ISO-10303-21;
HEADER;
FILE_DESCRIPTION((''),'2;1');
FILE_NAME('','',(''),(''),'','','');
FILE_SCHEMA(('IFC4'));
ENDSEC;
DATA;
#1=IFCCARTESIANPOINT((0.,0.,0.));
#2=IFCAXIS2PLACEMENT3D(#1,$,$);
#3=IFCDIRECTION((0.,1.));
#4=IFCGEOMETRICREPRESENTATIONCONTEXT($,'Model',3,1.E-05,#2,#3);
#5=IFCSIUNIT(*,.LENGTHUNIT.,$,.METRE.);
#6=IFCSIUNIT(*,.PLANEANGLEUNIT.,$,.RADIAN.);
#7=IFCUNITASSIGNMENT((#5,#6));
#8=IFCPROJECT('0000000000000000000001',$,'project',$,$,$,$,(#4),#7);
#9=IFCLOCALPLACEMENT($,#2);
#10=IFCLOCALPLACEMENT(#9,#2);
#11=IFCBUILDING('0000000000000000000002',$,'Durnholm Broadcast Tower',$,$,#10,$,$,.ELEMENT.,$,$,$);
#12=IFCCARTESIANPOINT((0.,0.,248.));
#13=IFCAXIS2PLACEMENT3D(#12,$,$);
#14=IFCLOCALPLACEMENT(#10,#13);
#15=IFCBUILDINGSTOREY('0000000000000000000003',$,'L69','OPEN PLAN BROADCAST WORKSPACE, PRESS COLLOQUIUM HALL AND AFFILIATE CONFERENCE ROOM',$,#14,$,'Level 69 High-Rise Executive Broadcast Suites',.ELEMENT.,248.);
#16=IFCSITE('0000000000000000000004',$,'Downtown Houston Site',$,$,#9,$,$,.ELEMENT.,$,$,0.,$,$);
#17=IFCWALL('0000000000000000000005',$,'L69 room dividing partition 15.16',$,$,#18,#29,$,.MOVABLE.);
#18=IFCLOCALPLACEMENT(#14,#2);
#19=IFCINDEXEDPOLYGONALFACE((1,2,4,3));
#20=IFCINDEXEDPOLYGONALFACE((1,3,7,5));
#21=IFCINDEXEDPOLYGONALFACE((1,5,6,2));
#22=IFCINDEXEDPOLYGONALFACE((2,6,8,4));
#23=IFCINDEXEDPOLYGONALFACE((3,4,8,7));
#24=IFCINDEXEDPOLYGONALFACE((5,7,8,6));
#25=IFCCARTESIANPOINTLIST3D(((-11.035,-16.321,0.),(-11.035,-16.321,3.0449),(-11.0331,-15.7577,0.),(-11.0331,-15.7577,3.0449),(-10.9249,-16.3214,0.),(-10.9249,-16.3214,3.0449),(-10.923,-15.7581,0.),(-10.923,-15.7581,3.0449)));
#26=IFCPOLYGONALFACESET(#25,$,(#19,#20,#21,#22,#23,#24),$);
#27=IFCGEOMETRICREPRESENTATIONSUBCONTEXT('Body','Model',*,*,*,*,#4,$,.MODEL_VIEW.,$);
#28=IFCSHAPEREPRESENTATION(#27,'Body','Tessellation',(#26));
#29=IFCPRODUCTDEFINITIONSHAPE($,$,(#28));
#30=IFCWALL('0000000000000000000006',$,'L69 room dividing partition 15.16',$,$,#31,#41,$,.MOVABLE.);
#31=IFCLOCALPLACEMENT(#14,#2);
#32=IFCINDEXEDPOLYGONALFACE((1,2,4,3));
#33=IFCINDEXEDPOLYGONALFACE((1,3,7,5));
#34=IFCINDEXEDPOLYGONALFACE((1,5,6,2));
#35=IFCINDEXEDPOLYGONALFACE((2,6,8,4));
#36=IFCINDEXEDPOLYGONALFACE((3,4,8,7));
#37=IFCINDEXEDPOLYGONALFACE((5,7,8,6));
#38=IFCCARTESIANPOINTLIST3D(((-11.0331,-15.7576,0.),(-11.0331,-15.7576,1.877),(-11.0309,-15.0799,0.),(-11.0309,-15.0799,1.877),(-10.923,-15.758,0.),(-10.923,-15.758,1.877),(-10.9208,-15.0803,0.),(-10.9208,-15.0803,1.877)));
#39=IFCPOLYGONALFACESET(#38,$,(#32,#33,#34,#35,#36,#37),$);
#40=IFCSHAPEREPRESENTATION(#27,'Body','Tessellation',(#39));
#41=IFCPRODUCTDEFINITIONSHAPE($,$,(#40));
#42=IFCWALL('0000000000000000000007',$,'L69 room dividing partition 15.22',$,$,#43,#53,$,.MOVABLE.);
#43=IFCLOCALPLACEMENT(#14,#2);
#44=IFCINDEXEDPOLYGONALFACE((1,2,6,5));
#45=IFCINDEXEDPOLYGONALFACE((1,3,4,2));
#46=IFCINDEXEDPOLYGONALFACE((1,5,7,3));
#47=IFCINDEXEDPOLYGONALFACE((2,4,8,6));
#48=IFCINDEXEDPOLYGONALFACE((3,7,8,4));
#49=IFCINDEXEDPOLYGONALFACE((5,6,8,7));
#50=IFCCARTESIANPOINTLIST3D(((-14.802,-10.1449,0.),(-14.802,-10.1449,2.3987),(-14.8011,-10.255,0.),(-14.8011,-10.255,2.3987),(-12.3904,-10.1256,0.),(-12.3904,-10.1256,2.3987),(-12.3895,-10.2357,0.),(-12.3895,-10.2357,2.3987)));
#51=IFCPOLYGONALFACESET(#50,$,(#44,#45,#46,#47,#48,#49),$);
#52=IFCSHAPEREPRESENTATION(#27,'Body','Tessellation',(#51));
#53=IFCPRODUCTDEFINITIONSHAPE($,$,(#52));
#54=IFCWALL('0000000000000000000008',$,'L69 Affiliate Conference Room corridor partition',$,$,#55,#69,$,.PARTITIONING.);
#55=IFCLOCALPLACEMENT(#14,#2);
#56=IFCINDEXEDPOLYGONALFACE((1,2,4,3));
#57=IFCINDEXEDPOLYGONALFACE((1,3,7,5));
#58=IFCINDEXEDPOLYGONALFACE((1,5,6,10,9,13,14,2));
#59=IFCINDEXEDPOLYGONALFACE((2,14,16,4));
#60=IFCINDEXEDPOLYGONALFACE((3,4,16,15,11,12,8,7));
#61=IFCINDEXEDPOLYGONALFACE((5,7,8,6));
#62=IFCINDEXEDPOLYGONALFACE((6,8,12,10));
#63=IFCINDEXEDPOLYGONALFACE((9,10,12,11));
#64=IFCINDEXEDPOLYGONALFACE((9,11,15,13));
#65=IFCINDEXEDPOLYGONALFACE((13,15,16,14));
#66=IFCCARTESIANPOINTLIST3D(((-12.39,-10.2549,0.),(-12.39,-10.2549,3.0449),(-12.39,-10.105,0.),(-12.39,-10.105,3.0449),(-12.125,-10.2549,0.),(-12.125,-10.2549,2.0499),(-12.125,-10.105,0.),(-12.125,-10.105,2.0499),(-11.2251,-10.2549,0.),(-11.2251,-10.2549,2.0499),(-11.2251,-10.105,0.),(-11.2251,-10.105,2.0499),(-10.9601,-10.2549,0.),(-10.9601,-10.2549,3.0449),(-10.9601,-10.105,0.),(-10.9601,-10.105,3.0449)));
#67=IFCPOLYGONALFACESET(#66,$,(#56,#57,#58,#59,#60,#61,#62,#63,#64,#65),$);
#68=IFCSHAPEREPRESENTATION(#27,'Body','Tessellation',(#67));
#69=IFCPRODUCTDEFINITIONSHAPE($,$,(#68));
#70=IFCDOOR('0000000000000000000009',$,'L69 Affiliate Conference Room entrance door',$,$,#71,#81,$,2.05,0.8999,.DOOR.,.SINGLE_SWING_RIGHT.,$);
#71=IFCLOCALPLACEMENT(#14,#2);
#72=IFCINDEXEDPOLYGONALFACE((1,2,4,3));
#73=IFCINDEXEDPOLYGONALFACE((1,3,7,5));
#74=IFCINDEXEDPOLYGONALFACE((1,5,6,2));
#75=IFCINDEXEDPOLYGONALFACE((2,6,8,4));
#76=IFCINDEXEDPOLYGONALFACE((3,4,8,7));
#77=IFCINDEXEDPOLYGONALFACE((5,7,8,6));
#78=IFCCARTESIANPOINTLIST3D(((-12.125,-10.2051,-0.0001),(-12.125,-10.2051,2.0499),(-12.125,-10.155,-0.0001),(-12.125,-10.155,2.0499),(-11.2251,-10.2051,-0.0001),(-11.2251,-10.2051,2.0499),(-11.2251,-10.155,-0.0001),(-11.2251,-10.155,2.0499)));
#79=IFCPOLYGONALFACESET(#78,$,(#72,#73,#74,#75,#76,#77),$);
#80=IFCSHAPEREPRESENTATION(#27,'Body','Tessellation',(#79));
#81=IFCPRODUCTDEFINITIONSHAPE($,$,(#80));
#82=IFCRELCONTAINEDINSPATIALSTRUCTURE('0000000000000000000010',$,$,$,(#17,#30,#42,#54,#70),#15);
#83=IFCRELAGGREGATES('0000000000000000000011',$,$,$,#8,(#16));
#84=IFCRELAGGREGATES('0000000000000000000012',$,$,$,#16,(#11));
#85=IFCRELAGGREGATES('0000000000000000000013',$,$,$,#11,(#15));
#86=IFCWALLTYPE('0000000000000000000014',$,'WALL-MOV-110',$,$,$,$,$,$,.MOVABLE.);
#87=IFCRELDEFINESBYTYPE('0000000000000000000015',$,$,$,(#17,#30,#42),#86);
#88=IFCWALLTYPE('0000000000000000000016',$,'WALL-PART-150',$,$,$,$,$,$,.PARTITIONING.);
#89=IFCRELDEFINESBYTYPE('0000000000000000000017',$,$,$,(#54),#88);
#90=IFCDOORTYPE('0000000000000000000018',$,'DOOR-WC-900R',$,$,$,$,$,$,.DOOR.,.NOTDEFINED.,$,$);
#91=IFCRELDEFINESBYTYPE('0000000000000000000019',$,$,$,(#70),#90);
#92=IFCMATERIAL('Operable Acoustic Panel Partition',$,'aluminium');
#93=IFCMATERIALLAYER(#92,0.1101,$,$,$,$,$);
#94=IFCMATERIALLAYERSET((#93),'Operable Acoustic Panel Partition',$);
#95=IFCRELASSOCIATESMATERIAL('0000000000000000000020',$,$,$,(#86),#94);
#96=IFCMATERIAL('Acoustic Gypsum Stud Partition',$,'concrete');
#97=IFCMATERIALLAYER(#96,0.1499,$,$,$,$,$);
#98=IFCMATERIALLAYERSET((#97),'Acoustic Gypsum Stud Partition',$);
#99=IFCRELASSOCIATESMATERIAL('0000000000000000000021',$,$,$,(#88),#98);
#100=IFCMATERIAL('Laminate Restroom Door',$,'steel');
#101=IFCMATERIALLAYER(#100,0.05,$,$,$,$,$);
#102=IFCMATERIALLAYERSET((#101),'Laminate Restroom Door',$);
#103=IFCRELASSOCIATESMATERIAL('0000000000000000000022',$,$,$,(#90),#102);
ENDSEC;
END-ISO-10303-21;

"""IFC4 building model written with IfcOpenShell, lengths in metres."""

from ifc_helpers import new_model, si_unit, direction, frame, frame_2d, origin, place, context, subcontext, project, spatial, rectangle, extrude, source, transform, mapped, material, layer, layer_set, type_object, type_shapes, element, fill, save


model = new_model("IFC4")

# Units and contexts
model_context = context("Model", 3, precision=1e-05, world=origin(), true_north=direction((0.0, 1.0)))
body_context = subcontext(model_context, "Body", "Model", "MODEL_VIEW")
ifc_project = project(units=[si_unit("LENGTHUNIT", "METRE"), si_unit("PLANEANGLEUNIT", "RADIAN")], contexts=[model_context])

# Site, building, storey
site_placement = place(None, origin())
site = spatial("IfcSite", under=ifc_project, at=site_placement, Name="Downtown Houston Site", CompositionType="ELEMENT", RefElevation=0.0)
building_placement = place(site_placement, origin())
building = spatial("IfcBuilding", under=site, at=building_placement, Name="Durnholm Broadcast Tower", CompositionType="ELEMENT")
storey_placement = place(building_placement, frame((0.0, 0.0, 248.0)))
storey = spatial("IfcBuildingStorey", under=building, at=storey_placement, Name="L69", Description="OPEN PLAN BROADCAST WORKSPACE, PRESS COLLOQUIUM HALL AND AFFILIATE CONFERENCE ROOM", LongName="Level 69 High-Rise Executive Broadcast Suites", CompositionType="ELEMENT", Elevation=248.0)

# Walls
ifc_material_1 = material(Name="Operable Acoustic Panel Partition", Category="aluminium")
ifc_layer_1 = layer(ifc_material_1, 0.1101)
ifc_layer_set_1 = layer_set([ifc_layer_1], Name="Operable Acoustic Panel Partition")
wall_type_1 = type_object("IfcWallType", Name="WALL-MOV-110", PredefinedType="MOVABLE", material=ifc_layer_set_1)
wall_1_placement = place(storey_placement, frame((-10.978, -15.7578, 0.0), z_axis=(0.0, 0.0, 1.0), x_axis=(-0.003468, -0.999994, 0.0)))
element("IfcWall", 1, at=wall_1_placement, inside=storey, type_object=wall_type_1, Name="L69 room dividing partition 15.16", PredefinedType="MOVABLE", context=body_context, shape_type="SweptSolid", body=[
    extrude(rectangle(XDim=0.5632, YDim=0.1101, at=frame_2d((0.2817, 0.0))), origin(), (0.0, 0.0, 1.0), 3.0449),
])
wall_2_placement = place(storey_placement, frame((-10.9758, -15.0801, 0.0), z_axis=(0.0, 0.0, 1.0), x_axis=(-0.003242, -0.999995, 0.0)))
element("IfcWall", 2, at=wall_2_placement, inside=storey, type_object=wall_type_1, Name="L69 room dividing partition 15.16", PredefinedType="MOVABLE", context=body_context, shape_type="SweptSolid", body=[
    extrude(rectangle(XDim=0.6777, YDim=0.1101, at=frame_2d((0.3389, 0.0))), origin(), (0.0, 0.0, 1.0), 1.877),
])
wall_3_placement = place(storey_placement, frame((-14.8015, -10.2, 0.0), z_axis=(0.0, 0.0, 1.0), x_axis=(0.999968, 0.007997, 0.0)))
element("IfcWall", 3, at=wall_3_placement, inside=storey, type_object=wall_type_1, Name="L69 room dividing partition 15.22", PredefinedType="MOVABLE", context=body_context, shape_type="SweptSolid", body=[
    extrude(rectangle(XDim=2.4116, YDim=0.1101, at=frame_2d((1.2058, 0.0))), origin(), (0.0, 0.0, 1.0), 2.3987),
])

# Wall, opening, door
ifc_material_2 = material(Name="Acoustic Gypsum Stud Partition", Category="concrete")
ifc_layer_2 = layer(ifc_material_2, 0.1499)
ifc_layer_set_2 = layer_set([ifc_layer_2], Name="Acoustic Gypsum Stud Partition")
wall_type_2 = type_object("IfcWallType", Name="WALL-PART-150", PredefinedType="PARTITIONING", material=ifc_layer_set_2)
wall_4_placement = place(storey_placement, frame((-12.3899, -10.1799, 0.0), z_axis=(0.0, 0.0, 1.0), x_axis=(1.0, 0.0, 0.0)))
wall_4 = element("IfcWall", 4, at=wall_4_placement, inside=storey, type_object=wall_type_2, Name="L69 Affiliate Conference Room corridor partition", PredefinedType="PARTITIONING", context=body_context, shape_type="SweptSolid", body=[
    extrude(rectangle(XDim=1.4299, YDim=0.1499, at=frame_2d((0.7148, 0.0))), origin(), (0.0, 0.0, 1.0), 3.0449),
])
opening_placement = place(wall_4_placement, frame((0.2649, 0.0, 0.0)))
opening = element("IfcOpeningElement", 5, at=opening_placement, cuts=wall_4, PredefinedType="OPENING", context=body_context, shape_type="SweptSolid", body=[
    extrude(rectangle(XDim=0.8999, YDim=2.05, at=frame_2d((0.45, 1.0249))), frame((0.0, 0.085, 0.0), z_axis=(0.0, -1.0, 0.0), x_axis=(1.0, 0.0, 0.0)), (0.0, 0.0, 1.0), 0.1699),
])
ifc_material_3 = material(Name="Laminate Restroom Door", Category="steel")
ifc_layer_3 = layer(ifc_material_3, 0.05)
ifc_layer_set_3 = layer_set([ifc_layer_3], Name="Laminate Restroom Door")
door_type = type_object("IfcDoorType", Name="DOOR-WC-900R", OperationType="NOTDEFINED", PredefinedType="DOOR", material=ifc_layer_set_3)
shared_shape_1 = source(origin(), body_context, "Body", "SweptSolid", [
    extrude(rectangle(XDim=0.8999, YDim=2.05, at=frame_2d((0.45, 1.0249))), frame((0.0, 0.0249, 0.0), z_axis=(0.0, -1.0, 0.0), x_axis=(1.0, 0.0, 0.0)), (0.0, 0.0, 1.0), 0.05),
])
type_shapes(door_type, [shared_shape_1])
door_placement = place(opening_placement, origin())
door = element("IfcDoor", 6, at=door_placement, inside=storey, type_object=door_type, Name="L69 Affiliate Conference Room entrance door", OperationType="SINGLE_SWING_RIGHT", OverallHeight=2.05, OverallWidth=0.8999, PredefinedType="DOOR", context=body_context, shape_type="MappedRepresentation", body=[
    mapped(shared_shape_1, transform((0.0, 0.0, 0.0), x_axis=(1.0, 0.0, 0.0), y_axis=(0.0, 1.0, 0.0), z_axis=(0.0, 0.0, 1.0), scale=1.0)),
])
fill(opening, door)

save(model, "model.ifc")
